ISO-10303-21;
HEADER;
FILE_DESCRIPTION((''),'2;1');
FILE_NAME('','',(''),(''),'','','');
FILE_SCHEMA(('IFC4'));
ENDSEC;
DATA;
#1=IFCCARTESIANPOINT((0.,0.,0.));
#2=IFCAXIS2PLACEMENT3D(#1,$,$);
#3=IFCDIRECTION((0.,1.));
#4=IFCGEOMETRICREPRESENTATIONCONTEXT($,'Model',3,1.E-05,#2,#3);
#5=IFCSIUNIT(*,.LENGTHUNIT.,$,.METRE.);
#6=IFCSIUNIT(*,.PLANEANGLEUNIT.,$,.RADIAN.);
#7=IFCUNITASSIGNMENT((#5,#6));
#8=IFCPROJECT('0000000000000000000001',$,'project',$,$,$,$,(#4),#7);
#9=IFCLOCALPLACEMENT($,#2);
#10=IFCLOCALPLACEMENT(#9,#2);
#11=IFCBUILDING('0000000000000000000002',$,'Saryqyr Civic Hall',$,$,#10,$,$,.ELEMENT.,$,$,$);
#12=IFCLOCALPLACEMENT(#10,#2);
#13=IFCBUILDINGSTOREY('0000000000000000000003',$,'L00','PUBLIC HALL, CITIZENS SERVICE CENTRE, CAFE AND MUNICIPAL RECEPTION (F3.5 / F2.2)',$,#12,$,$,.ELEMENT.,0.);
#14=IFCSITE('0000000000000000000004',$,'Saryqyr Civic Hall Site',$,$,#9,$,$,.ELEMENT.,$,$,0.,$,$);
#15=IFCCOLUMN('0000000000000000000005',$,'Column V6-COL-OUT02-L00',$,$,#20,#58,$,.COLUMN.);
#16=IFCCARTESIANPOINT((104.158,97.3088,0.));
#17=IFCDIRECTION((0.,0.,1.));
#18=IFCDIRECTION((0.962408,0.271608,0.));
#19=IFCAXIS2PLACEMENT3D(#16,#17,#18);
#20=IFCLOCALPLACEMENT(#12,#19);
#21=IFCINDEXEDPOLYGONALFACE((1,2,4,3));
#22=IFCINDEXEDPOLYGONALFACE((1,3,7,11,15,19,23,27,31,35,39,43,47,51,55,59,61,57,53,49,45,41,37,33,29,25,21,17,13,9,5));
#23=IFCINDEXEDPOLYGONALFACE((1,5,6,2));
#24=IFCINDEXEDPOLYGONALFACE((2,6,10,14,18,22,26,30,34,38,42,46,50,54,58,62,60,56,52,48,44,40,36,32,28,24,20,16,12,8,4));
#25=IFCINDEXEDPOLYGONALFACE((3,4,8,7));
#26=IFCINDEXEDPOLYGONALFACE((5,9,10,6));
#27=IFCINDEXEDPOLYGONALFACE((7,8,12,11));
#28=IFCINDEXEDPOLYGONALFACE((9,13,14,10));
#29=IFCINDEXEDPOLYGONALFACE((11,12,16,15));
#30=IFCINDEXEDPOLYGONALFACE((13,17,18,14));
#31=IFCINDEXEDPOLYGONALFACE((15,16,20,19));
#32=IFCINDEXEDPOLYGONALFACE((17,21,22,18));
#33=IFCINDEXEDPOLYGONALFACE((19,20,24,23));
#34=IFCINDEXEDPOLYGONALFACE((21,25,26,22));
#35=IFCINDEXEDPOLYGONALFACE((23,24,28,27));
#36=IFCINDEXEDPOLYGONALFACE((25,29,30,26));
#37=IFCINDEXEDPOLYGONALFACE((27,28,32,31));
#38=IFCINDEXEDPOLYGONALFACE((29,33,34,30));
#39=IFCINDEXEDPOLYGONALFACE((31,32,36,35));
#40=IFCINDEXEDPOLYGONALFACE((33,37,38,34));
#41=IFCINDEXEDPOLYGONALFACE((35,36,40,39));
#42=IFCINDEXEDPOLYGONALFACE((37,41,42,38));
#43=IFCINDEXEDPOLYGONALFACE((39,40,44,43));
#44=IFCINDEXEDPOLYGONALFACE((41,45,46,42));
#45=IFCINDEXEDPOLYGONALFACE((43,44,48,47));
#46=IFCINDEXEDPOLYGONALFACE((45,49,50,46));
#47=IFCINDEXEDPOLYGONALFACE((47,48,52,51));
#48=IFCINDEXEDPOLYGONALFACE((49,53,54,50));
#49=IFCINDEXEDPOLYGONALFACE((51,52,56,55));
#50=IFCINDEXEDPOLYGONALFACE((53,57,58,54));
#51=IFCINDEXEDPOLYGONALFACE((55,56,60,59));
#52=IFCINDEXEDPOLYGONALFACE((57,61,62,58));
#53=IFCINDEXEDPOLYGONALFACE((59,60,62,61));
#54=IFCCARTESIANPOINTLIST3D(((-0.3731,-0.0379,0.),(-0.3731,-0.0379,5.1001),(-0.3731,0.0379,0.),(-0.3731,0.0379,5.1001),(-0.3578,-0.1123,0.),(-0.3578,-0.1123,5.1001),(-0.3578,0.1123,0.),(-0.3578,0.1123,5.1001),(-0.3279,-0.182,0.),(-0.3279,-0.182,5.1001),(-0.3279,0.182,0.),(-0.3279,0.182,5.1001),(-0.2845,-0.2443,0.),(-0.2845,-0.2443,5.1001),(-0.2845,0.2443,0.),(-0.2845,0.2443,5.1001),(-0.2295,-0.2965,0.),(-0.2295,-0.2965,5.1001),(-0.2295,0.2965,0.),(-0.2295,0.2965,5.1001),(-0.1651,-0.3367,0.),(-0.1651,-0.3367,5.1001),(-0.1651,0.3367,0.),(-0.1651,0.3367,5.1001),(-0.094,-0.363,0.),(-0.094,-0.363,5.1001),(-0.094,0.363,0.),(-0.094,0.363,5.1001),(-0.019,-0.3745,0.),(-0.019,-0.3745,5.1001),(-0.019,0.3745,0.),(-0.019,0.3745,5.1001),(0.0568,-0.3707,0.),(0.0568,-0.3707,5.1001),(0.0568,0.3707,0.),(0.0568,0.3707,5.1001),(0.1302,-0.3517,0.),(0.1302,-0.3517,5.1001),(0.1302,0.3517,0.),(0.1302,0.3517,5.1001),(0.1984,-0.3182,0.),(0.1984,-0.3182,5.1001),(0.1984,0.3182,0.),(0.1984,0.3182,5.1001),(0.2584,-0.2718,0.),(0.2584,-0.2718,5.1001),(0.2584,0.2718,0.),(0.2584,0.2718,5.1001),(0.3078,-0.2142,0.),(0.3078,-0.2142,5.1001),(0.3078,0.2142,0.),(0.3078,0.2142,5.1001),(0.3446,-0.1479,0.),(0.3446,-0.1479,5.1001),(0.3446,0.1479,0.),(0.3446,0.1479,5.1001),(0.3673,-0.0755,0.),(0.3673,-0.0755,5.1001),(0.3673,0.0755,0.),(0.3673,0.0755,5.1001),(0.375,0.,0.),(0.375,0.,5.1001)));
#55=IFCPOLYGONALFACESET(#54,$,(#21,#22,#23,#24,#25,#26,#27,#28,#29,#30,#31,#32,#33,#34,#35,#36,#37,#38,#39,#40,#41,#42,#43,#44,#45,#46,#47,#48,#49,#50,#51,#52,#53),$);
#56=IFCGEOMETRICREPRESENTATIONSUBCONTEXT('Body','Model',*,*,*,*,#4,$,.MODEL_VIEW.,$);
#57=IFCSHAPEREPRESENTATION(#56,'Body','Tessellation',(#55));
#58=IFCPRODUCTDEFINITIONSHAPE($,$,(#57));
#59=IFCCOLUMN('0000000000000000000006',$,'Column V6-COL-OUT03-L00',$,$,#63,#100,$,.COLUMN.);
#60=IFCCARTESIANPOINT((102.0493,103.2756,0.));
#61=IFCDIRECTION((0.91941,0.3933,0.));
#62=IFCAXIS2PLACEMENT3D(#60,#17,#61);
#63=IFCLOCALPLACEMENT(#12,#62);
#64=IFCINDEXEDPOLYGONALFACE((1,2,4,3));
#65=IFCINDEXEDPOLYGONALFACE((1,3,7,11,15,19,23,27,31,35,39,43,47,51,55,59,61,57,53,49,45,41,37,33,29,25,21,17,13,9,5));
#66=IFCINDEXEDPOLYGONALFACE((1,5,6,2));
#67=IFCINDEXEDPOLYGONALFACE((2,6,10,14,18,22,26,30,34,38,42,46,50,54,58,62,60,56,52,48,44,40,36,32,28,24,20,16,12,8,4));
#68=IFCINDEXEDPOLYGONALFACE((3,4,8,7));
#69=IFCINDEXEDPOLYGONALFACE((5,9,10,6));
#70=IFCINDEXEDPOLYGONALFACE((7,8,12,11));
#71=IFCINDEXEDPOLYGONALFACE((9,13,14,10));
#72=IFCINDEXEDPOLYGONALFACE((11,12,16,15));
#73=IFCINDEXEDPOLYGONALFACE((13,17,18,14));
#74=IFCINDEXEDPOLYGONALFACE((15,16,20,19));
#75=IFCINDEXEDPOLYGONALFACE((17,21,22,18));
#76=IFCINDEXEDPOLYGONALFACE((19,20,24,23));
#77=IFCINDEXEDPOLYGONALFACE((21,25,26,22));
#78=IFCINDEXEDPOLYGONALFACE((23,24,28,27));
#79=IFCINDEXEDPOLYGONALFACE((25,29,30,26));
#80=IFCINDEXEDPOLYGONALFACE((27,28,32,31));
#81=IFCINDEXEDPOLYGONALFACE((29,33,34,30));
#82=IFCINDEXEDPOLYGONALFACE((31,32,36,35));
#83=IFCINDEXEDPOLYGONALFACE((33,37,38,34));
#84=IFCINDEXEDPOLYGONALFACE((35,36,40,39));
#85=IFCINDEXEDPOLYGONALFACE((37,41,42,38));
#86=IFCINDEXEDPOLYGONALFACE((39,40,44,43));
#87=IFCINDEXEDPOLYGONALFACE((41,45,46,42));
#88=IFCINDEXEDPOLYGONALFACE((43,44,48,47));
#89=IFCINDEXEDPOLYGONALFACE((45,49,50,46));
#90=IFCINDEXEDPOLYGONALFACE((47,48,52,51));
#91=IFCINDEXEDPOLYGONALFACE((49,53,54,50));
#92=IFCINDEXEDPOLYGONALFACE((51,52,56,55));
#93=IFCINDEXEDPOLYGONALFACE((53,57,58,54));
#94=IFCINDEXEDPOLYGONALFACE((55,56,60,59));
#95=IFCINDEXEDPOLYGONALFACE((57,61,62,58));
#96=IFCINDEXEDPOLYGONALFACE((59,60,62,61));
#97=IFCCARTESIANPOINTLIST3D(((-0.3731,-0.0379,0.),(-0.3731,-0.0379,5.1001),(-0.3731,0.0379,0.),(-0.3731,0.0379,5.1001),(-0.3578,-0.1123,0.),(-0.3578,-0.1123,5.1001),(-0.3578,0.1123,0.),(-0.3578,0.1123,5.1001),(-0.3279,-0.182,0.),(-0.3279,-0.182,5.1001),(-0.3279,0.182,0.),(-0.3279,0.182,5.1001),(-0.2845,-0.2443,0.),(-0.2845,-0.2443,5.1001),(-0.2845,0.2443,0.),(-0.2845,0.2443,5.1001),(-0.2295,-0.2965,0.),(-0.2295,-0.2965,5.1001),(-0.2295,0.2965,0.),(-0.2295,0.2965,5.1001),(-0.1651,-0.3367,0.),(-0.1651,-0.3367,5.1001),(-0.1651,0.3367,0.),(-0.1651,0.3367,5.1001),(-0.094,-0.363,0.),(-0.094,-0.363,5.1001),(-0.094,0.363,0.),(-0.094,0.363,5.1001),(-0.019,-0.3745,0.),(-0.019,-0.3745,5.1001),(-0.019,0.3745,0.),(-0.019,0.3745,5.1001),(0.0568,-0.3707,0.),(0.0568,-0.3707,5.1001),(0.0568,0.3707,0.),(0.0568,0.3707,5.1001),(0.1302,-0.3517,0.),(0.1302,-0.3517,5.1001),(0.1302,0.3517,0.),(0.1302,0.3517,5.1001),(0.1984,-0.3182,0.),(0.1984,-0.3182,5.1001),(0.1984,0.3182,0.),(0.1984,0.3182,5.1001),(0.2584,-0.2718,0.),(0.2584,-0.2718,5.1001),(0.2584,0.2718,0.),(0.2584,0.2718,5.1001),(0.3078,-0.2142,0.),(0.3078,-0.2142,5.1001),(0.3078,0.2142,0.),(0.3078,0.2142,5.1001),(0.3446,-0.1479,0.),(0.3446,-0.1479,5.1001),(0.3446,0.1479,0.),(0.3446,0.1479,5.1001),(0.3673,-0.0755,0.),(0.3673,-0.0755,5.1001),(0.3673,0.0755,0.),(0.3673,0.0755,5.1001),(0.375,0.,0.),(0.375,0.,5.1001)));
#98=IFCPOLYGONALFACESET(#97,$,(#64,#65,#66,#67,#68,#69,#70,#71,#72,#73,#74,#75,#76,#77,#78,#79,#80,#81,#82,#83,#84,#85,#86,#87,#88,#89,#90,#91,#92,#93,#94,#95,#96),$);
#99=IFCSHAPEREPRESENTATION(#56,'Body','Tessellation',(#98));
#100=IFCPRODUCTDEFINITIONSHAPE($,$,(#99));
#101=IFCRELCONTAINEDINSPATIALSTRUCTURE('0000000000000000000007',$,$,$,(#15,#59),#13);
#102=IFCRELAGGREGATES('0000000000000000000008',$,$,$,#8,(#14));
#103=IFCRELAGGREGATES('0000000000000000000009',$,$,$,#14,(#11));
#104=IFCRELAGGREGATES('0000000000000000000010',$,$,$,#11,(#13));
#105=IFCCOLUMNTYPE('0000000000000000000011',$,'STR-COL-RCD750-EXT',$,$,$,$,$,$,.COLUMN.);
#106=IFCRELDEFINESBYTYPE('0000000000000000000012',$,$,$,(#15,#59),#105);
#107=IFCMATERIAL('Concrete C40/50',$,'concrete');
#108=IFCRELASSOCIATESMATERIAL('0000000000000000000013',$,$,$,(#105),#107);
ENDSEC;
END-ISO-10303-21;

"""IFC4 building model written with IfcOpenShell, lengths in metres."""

from ifc_helpers import new_model, si_unit, direction, frame, origin, origin_2d, place, context, subcontext, project, spatial, circle, extrude, material, material_profile, profile_set, type_object, element, save


model = new_model("IFC4")

# Units and contexts
model_context = context("Model", 3, precision=1e-05, world=origin(), true_north=direction((0.0, 1.0)))
body_context = subcontext(model_context, "Body", "Model", "MODEL_VIEW")
ifc_project = project(units=[si_unit("LENGTHUNIT", "METRE"), si_unit("PLANEANGLEUNIT", "RADIAN")], contexts=[model_context])

# Site, building, storey
site_placement = place(None, origin())
site = spatial("IfcSite", under=ifc_project, at=site_placement, Name="Saryqyr Civic Hall Site", CompositionType="ELEMENT", RefElevation=0.0)
building_placement = place(site_placement, origin())
building = spatial("IfcBuilding", under=site, at=building_placement, Name="Saryqyr Civic Hall", CompositionType="ELEMENT")
storey_placement = place(building_placement, origin())
storey = spatial("IfcBuildingStorey", under=building, at=storey_placement, Name="L00", Description="PUBLIC HALL, CITIZENS SERVICE CENTRE, CAFE AND MUNICIPAL RECEPTION (F3.5 / F2.2)", CompositionType="ELEMENT", Elevation=0.0)

# Columns
ifc_material_1 = material(Name="Concrete C40/50", Category="concrete")
ifc_material_profile_1 = material_profile(ifc_material_1, circle(Radius=0.375, at=origin_2d()), Name="RC D750")
ifc_profile_set_1 = profile_set([ifc_material_profile_1], Name="Concrete C40/50")
column_type = type_object("IfcColumnType", Name="STR-COL-RCD750-EXT", PredefinedType="COLUMN", material=ifc_profile_set_1)
for number, where, z_axis, x_axis, name in (
    (1, (104.158, 97.3088, 0.0), (0.0, 0.0, 1.0), (0.962408, 0.271608, 0.0), "Column V6-COL-OUT02-L00"),
    (2, (102.0493, 103.2756, 0.0), (0.0, 0.0, 1.0), (0.91941, 0.3933, 0.0), "Column V6-COL-OUT03-L00"),
):
    element("IfcColumn", number, at=place(storey_placement, frame(where, z_axis=z_axis, x_axis=x_axis)), inside=storey, type_object=column_type, Name=name, PredefinedType="COLUMN", context=body_context, shape_type="SweptSolid", body=[
        extrude(circle(Radius=0.375, at=origin_2d()), origin(), (0.0, 0.0, 1.0), 5.1001),
    ])

save(model, "model.ifc")
